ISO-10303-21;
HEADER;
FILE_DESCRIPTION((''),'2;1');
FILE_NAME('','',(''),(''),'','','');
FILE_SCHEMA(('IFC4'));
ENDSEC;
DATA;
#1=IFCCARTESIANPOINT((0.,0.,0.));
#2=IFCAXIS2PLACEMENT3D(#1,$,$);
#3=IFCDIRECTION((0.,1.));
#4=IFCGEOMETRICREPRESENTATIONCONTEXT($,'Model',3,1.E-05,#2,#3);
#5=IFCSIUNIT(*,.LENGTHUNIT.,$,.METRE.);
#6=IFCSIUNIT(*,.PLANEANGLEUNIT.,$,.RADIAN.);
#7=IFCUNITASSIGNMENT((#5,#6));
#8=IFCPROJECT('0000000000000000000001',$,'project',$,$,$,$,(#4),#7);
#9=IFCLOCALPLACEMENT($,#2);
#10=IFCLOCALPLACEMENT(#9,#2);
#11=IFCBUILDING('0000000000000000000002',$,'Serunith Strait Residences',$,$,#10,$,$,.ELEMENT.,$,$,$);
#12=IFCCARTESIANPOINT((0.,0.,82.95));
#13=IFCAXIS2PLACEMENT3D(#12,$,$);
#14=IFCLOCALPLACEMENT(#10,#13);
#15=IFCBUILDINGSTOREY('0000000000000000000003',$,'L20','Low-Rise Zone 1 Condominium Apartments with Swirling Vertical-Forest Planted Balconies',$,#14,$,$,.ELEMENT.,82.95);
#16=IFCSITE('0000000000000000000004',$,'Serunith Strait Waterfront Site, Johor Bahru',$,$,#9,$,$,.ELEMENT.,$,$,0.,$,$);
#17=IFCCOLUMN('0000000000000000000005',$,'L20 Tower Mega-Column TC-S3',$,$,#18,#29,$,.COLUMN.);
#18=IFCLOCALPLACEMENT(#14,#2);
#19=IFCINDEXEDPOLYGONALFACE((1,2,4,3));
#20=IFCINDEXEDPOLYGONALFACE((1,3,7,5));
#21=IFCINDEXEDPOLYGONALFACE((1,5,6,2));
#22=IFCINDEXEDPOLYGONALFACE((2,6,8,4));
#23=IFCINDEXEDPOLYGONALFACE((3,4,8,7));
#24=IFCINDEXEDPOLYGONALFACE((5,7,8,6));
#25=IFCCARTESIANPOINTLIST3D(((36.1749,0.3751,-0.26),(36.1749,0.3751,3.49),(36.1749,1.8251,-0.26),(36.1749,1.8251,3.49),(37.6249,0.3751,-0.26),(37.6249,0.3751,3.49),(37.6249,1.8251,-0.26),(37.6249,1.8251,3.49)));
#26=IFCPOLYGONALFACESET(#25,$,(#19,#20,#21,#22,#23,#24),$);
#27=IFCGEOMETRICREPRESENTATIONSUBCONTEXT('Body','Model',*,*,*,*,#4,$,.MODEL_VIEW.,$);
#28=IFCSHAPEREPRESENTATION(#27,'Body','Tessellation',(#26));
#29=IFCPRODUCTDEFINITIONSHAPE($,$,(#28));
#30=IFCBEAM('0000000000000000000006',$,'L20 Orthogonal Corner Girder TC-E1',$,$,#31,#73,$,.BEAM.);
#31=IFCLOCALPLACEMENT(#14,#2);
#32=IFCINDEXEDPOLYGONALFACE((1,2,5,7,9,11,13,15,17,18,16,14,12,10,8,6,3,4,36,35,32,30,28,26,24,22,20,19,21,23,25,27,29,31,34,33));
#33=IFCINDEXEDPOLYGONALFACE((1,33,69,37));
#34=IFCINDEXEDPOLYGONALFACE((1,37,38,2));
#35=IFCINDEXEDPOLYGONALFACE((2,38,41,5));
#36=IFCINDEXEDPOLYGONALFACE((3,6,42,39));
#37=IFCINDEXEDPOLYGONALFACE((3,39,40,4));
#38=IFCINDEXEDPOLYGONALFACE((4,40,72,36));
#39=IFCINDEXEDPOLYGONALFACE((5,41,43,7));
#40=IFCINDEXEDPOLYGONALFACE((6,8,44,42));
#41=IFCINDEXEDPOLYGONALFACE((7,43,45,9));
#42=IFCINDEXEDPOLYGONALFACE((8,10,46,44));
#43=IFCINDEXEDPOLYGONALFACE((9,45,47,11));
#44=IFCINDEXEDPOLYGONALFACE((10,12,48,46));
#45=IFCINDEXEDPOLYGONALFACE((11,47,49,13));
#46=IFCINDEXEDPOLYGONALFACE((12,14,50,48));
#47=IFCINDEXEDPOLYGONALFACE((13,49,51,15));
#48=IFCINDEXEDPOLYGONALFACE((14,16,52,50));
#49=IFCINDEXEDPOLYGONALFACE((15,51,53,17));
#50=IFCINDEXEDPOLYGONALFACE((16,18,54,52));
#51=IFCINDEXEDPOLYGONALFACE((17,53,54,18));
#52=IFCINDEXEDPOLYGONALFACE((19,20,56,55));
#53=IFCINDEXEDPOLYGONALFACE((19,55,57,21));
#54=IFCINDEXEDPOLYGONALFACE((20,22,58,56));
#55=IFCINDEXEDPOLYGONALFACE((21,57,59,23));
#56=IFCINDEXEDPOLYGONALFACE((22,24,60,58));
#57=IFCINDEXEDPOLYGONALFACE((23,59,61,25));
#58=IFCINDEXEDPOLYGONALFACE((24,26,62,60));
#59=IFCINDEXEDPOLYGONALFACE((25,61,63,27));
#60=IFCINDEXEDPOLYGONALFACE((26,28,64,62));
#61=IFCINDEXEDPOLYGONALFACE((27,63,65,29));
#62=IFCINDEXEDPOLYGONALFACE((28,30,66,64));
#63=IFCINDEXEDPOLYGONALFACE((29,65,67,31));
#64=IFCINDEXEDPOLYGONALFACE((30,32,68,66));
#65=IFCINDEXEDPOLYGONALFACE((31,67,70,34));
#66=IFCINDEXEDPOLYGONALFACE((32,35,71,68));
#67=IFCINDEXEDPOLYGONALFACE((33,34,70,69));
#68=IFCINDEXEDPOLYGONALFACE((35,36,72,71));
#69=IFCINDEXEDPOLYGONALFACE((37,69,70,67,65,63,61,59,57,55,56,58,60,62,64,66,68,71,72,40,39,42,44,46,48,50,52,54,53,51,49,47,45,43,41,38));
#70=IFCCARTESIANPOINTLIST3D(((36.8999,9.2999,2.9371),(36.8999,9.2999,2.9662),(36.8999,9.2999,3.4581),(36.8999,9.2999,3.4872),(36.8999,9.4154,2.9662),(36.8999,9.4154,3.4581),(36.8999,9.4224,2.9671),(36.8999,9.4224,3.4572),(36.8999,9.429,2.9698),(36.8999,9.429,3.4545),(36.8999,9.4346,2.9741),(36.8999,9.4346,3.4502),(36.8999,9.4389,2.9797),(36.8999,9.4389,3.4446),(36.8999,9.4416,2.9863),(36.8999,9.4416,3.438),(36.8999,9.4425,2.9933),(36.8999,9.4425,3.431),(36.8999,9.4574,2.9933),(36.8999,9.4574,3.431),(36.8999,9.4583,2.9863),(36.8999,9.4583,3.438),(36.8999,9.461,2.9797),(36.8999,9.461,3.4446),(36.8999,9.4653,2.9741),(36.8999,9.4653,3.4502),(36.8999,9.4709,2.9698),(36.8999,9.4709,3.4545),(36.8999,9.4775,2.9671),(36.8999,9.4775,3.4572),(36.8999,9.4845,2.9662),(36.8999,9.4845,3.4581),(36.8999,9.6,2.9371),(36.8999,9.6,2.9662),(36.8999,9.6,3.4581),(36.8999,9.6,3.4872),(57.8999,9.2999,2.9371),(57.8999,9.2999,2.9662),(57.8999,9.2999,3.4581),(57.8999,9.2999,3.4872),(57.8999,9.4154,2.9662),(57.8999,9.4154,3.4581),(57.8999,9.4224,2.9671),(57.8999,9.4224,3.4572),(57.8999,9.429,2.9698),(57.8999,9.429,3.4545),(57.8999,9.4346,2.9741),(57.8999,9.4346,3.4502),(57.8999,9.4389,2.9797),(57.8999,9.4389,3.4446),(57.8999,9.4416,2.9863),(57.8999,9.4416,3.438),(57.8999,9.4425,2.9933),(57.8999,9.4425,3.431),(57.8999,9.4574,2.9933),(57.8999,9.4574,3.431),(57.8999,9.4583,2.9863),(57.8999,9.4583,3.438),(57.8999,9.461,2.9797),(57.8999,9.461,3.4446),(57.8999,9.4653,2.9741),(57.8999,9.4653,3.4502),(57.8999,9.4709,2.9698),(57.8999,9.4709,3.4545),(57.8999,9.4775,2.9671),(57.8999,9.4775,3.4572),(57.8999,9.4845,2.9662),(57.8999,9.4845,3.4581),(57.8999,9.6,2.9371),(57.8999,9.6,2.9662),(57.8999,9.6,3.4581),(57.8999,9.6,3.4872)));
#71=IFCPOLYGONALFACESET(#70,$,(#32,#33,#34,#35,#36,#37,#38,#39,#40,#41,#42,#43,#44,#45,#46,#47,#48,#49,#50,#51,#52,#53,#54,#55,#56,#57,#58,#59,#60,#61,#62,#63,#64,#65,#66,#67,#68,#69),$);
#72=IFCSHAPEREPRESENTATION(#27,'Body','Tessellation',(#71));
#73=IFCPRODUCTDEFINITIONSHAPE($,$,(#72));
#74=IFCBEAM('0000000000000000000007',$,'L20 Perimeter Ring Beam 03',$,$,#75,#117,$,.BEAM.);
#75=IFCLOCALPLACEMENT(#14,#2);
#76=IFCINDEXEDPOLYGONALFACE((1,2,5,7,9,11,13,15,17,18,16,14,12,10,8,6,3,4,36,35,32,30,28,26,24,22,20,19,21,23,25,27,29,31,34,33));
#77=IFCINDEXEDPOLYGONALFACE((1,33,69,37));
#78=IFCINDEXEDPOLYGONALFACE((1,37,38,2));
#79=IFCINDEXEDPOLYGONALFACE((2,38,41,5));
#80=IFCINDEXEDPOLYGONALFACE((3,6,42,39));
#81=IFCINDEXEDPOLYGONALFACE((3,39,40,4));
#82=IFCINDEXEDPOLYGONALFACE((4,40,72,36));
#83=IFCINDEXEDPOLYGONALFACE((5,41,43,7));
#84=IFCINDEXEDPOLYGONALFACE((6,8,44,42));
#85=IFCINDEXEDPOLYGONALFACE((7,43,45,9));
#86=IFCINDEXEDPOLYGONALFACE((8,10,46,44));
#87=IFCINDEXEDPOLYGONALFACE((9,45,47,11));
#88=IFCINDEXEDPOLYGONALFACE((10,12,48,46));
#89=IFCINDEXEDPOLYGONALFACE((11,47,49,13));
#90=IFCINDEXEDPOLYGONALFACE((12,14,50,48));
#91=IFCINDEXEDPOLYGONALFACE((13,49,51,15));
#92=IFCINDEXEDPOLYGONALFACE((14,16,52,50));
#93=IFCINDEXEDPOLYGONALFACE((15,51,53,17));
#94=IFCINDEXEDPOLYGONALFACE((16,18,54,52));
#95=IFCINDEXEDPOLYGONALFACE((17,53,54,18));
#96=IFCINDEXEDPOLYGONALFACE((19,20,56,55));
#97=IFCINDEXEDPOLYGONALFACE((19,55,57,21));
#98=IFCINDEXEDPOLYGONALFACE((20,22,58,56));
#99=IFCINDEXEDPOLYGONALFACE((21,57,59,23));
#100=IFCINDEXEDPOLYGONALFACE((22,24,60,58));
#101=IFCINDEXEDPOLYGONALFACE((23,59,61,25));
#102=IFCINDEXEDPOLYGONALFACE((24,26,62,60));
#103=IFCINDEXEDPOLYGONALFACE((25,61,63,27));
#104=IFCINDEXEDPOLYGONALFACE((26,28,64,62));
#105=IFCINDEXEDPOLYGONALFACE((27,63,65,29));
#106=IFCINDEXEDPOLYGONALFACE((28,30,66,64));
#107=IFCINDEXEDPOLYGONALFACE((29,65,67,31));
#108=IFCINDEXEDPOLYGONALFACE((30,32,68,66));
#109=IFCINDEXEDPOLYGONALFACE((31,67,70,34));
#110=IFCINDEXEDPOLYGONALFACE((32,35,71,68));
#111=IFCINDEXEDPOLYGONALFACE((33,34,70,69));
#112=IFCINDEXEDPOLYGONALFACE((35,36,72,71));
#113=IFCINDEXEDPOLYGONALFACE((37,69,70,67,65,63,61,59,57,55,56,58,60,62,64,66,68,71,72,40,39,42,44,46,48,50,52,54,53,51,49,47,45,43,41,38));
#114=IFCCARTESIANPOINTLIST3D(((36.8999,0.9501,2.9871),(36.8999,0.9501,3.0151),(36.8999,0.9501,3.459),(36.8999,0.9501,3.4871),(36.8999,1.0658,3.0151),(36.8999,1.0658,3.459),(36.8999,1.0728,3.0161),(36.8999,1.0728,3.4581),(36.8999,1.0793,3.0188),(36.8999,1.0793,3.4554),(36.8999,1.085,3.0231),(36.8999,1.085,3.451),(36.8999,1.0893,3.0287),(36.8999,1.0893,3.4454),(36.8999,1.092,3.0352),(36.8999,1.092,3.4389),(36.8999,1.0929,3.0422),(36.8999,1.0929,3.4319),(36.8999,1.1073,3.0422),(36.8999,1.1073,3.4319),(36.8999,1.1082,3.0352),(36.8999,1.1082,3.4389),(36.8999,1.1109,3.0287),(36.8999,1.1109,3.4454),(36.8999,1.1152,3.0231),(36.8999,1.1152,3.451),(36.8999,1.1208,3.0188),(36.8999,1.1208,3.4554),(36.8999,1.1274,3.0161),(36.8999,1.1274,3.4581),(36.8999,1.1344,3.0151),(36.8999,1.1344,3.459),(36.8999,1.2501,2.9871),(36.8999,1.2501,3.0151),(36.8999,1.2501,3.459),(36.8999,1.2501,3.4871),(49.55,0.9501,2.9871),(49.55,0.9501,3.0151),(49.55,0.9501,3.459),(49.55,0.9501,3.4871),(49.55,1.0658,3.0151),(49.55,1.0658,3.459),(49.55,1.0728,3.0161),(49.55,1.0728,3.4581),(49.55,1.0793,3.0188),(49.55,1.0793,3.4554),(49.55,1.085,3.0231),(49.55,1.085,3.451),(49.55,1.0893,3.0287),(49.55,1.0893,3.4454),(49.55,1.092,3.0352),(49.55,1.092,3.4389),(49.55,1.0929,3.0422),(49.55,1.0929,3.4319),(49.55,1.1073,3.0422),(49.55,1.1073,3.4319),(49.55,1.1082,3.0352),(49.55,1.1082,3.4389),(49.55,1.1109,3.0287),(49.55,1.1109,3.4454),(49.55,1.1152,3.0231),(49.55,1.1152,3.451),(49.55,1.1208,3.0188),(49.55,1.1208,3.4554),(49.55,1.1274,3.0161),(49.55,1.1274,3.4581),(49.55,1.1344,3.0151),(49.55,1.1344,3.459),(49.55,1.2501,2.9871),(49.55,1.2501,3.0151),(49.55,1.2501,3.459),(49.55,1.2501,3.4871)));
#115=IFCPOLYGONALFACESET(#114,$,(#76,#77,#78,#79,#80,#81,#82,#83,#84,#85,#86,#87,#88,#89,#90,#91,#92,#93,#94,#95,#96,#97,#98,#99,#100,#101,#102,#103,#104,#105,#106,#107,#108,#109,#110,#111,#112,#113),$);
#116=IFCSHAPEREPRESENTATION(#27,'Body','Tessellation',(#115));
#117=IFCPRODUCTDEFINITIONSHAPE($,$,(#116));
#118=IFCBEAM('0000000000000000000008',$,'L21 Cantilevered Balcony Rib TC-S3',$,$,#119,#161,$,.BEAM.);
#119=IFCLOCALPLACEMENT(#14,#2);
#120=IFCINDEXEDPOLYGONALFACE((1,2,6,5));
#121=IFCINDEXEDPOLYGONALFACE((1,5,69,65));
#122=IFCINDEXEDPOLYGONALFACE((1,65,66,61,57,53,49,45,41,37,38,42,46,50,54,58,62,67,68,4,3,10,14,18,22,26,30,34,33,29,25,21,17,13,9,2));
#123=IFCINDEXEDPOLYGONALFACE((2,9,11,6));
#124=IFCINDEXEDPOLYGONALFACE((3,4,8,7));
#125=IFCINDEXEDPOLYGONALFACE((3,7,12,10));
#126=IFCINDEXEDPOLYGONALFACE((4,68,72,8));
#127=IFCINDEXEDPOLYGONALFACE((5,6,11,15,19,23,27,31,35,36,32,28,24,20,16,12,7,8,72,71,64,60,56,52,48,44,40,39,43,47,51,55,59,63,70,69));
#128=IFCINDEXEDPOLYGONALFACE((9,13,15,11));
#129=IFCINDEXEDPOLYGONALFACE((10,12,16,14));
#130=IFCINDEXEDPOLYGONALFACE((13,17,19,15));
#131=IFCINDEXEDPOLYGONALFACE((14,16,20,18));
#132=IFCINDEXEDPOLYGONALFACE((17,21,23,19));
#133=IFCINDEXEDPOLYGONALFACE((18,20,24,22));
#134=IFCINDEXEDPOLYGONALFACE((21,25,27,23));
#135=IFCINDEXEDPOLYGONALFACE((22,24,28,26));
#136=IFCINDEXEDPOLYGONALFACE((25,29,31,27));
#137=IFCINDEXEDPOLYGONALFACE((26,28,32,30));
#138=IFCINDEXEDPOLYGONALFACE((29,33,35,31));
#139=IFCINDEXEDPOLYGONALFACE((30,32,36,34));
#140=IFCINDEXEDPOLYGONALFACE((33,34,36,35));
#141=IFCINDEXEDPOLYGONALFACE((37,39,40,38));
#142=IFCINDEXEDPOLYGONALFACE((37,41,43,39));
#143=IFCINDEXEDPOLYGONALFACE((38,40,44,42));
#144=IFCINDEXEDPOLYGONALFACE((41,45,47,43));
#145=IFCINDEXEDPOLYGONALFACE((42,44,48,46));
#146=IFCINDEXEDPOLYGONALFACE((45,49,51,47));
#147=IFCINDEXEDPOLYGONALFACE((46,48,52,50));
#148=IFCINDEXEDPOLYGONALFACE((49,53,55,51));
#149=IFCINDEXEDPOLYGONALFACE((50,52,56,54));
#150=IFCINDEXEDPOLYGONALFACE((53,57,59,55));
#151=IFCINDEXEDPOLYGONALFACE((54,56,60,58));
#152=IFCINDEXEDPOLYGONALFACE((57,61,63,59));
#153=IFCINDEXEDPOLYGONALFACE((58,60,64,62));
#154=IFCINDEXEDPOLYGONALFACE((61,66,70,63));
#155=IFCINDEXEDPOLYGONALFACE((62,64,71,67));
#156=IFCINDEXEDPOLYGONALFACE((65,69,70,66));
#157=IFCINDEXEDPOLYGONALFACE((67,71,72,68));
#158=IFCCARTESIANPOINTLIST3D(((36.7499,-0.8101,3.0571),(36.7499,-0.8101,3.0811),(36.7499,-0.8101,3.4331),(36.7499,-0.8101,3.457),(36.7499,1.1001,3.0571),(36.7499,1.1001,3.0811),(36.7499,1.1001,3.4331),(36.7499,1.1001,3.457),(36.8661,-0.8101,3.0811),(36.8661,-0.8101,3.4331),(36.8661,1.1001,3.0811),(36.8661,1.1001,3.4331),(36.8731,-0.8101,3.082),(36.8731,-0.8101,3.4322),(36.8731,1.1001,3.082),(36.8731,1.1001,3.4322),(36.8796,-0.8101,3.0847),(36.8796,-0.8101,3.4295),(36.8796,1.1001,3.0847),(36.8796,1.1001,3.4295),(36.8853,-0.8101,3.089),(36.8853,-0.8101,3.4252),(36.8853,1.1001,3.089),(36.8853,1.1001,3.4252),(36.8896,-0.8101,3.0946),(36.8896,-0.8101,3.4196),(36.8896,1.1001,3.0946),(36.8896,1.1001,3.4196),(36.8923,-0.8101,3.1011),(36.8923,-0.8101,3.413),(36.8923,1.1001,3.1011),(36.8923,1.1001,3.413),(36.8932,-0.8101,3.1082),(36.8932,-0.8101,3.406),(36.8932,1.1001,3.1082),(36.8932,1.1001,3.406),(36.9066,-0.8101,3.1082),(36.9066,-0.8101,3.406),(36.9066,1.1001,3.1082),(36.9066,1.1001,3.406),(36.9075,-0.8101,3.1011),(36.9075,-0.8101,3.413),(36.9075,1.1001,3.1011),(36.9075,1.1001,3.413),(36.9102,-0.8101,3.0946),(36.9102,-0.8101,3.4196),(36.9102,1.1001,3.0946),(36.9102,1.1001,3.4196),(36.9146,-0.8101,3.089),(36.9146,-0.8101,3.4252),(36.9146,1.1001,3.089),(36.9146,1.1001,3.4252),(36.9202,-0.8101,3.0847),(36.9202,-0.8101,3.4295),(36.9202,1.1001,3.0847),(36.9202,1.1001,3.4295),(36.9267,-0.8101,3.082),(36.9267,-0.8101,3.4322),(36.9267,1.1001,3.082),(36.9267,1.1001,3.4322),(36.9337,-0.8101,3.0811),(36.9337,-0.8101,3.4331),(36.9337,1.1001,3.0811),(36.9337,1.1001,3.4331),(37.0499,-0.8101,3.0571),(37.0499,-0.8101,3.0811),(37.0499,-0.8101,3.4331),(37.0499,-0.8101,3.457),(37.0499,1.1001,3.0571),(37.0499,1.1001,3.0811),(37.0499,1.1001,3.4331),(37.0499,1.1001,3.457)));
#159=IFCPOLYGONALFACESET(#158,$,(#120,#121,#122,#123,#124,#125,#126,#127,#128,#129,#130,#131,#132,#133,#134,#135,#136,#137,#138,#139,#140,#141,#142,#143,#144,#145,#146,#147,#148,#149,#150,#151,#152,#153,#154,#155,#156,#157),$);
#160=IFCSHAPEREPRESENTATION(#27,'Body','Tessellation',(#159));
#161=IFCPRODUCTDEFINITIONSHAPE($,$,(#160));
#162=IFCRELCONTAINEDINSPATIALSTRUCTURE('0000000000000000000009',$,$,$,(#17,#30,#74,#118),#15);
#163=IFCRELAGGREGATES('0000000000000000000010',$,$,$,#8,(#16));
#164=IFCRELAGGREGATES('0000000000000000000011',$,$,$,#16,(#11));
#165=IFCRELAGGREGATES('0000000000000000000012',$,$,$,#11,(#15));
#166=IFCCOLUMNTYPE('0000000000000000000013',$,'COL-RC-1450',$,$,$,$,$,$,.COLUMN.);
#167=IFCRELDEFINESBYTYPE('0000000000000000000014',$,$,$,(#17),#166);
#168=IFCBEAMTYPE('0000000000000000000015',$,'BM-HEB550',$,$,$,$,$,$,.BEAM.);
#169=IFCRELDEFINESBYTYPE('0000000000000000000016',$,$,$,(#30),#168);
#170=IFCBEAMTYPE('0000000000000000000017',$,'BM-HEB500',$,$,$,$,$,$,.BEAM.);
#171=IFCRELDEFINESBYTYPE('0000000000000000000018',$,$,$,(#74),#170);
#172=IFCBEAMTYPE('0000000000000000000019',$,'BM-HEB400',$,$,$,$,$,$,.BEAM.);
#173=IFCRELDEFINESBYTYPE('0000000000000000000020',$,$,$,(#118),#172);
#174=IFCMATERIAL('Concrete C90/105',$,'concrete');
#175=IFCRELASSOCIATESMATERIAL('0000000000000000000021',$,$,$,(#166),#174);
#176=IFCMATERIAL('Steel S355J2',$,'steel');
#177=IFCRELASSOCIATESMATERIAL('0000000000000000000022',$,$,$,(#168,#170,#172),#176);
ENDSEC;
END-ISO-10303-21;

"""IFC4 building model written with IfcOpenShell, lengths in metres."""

from ifc_helpers import new_model, si_unit, direction, frame, origin, origin_2d, place, context, subcontext, project, spatial, rectangle, i_section, extrude, source, transform, mapped, material, material_profile, profile_set, type_object, element, save


model = new_model("IFC4")

# Units and contexts
model_context = context("Model", 3, precision=1e-05, world=origin(), true_north=direction((0.0, 1.0)))
body_context = subcontext(model_context, "Body", "Model", "MODEL_VIEW")
ifc_project = project(units=[si_unit("LENGTHUNIT", "METRE"), si_unit("PLANEANGLEUNIT", "RADIAN")], contexts=[model_context])

# Site, building, storey
site_placement = place(None, origin())
site = spatial("IfcSite", under=ifc_project, at=site_placement, Name="Serunith Strait Waterfront Site, Johor Bahru", CompositionType="ELEMENT", RefElevation=0.0)
building_placement = place(site_placement, origin())
building = spatial("IfcBuilding", under=site, at=building_placement, Name="Serunith Strait Residences", CompositionType="ELEMENT")
storey_placement = place(building_placement, frame((0.0, 0.0, 82.95)))
storey = spatial("IfcBuildingStorey", under=building, at=storey_placement, Name="L20", Description="Low-Rise Zone 1 Condominium Apartments with Swirling Vertical-Forest Planted Balconies", CompositionType="ELEMENT", Elevation=82.95)

# Column
ifc_material_1 = material(Name="Concrete C90/105", Category="concrete")
ifc_material_profile_1 = material_profile(ifc_material_1, rectangle(XDim=1.45, YDim=1.45, at=origin_2d()), Name="RC 1450x1450")
ifc_profile_set_1 = profile_set([ifc_material_profile_1], Name="Concrete C90/105")
column_type = type_object("IfcColumnType", Name="COL-RC-1450", PredefinedType="COLUMN", material=ifc_profile_set_1)
shared_shape_1 = source(origin(), body_context, "Body", "SweptSolid", [
    extrude(rectangle(XDim=1.45, YDim=1.45, at=origin_2d()), origin(), (0.0, 0.0, 1.0), 3.75),
])
column_placement = place(storey_placement, frame((36.8999, 1.1001, -0.26), z_axis=(0.0, 0.0, 1.0), x_axis=(1.0, 0.0, 0.0)))
element("IfcColumn", 1, at=column_placement, inside=storey, type_object=column_type, Name="L20 Tower Mega-Column TC-S3", PredefinedType="COLUMN", context=body_context, shape_type="MappedRepresentation", body=[
    mapped(shared_shape_1, transform((0.0, 0.0, 0.0), scale=1.0)),
])

# Beams
ifc_material_2 = material(Name="Steel S355J2", Category="steel")
ifc_material_profile_2 = material_profile(ifc_material_2, i_section(OverallWidth=0.3, OverallDepth=0.55, WebThickness=0.0149, FlangeThickness=0.0291, FilletRadius=0.0271, at=origin_2d()), Name="HEB 550")
ifc_profile_set_2 = profile_set([ifc_material_profile_2], Name="Steel S355J2")
beam_type_1 = type_object("IfcBeamType", Name="BM-HEB550", PredefinedType="BEAM", material=ifc_profile_set_2)
shared_shape_2 = source(origin(), body_context, "Body", "SweptSolid", [
    extrude(i_section(OverallWidth=0.3, OverallDepth=0.55, WebThickness=0.0149, FlangeThickness=0.0291, FilletRadius=0.0271, at=origin_2d()), origin(), (0.0, 0.0, 1.0), 21.0),
])
beam_1_placement = place(storey_placement, frame((36.8999, 9.45, 3.2122), z_axis=(1.0, 0.0, 0.0), x_axis=(0.0, 1.0, 0.0)))
element("IfcBeam", 2, at=beam_1_placement, inside=storey, type_object=beam_type_1, Name="L20 Orthogonal Corner Girder TC-E1", PredefinedType="BEAM", context=body_context, shape_type="MappedRepresentation", body=[
    mapped(shared_shape_2, transform((0.0, 0.0, 0.0), scale=1.0)),
])
ifc_material_profile_3 = material_profile(ifc_material_2, i_section(OverallWidth=0.3, OverallDepth=0.5, WebThickness=0.0144, FlangeThickness=0.0281, FilletRadius=0.0271, at=origin_2d()), Name="HEB 500")
ifc_profile_set_3 = profile_set([ifc_material_profile_3], Name="Steel S355J2")
beam_type_2 = type_object("IfcBeamType", Name="BM-HEB500", PredefinedType="BEAM", material=ifc_profile_set_3)
shared_shape_3 = source(origin(), body_context, "Body", "SweptSolid", [
    extrude(i_section(OverallWidth=0.3, OverallDepth=0.5, WebThickness=0.0144, FlangeThickness=0.0281, FilletRadius=0.0271, at=origin_2d()), origin(), (0.0, 0.0, 1.0), 12.6501),
])
beam_2_placement = place(storey_placement, frame((36.8999, 1.1001, 3.2371), z_axis=(1.0, 0.0, 0.0), x_axis=(0.0, 1.0, 0.0)))
element("IfcBeam", 3, at=beam_2_placement, inside=storey, type_object=beam_type_2, Name="L20 Perimeter Ring Beam 03", PredefinedType="BEAM", context=body_context, shape_type="MappedRepresentation", body=[
    mapped(shared_shape_3, transform((0.0, 0.0, 0.0), scale=1.0)),
])
ifc_material_profile_4 = material_profile(ifc_material_2, i_section(OverallWidth=0.3, OverallDepth=0.3999, WebThickness=0.0134, FlangeThickness=0.0239, FilletRadius=0.0271, at=origin_2d()), Name="HEB 400")
ifc_profile_set_4 = profile_set([ifc_material_profile_4], Name="Steel S355J2")
beam_type_3 = type_object("IfcBeamType", Name="BM-HEB400", PredefinedType="BEAM", material=ifc_profile_set_4)
shared_shape_4 = source(origin(), body_context, "Body", "SweptSolid", [
    extrude(i_section(OverallWidth=0.3, OverallDepth=0.3999, WebThickness=0.0134, FlangeThickness=0.0239, FilletRadius=0.0271, at=origin_2d()), origin(), (0.0, 0.0, 1.0), 1.9102),
])
beam_3_placement = place(storey_placement, frame((36.8999, 1.1001, 3.2571), z_axis=(0.0, -1.0, 0.0), x_axis=(1.0, 0.0, 0.0)))
element("IfcBeam", 4, at=beam_3_placement, inside=storey, type_object=beam_type_3, Name="L21 Cantilevered Balcony Rib TC-S3", PredefinedType="BEAM", context=body_context, shape_type="MappedRepresentation", body=[
    mapped(shared_shape_4, transform((0.0, 0.0, 0.0), scale=1.0)),
])

save(model, "model.ifc")
